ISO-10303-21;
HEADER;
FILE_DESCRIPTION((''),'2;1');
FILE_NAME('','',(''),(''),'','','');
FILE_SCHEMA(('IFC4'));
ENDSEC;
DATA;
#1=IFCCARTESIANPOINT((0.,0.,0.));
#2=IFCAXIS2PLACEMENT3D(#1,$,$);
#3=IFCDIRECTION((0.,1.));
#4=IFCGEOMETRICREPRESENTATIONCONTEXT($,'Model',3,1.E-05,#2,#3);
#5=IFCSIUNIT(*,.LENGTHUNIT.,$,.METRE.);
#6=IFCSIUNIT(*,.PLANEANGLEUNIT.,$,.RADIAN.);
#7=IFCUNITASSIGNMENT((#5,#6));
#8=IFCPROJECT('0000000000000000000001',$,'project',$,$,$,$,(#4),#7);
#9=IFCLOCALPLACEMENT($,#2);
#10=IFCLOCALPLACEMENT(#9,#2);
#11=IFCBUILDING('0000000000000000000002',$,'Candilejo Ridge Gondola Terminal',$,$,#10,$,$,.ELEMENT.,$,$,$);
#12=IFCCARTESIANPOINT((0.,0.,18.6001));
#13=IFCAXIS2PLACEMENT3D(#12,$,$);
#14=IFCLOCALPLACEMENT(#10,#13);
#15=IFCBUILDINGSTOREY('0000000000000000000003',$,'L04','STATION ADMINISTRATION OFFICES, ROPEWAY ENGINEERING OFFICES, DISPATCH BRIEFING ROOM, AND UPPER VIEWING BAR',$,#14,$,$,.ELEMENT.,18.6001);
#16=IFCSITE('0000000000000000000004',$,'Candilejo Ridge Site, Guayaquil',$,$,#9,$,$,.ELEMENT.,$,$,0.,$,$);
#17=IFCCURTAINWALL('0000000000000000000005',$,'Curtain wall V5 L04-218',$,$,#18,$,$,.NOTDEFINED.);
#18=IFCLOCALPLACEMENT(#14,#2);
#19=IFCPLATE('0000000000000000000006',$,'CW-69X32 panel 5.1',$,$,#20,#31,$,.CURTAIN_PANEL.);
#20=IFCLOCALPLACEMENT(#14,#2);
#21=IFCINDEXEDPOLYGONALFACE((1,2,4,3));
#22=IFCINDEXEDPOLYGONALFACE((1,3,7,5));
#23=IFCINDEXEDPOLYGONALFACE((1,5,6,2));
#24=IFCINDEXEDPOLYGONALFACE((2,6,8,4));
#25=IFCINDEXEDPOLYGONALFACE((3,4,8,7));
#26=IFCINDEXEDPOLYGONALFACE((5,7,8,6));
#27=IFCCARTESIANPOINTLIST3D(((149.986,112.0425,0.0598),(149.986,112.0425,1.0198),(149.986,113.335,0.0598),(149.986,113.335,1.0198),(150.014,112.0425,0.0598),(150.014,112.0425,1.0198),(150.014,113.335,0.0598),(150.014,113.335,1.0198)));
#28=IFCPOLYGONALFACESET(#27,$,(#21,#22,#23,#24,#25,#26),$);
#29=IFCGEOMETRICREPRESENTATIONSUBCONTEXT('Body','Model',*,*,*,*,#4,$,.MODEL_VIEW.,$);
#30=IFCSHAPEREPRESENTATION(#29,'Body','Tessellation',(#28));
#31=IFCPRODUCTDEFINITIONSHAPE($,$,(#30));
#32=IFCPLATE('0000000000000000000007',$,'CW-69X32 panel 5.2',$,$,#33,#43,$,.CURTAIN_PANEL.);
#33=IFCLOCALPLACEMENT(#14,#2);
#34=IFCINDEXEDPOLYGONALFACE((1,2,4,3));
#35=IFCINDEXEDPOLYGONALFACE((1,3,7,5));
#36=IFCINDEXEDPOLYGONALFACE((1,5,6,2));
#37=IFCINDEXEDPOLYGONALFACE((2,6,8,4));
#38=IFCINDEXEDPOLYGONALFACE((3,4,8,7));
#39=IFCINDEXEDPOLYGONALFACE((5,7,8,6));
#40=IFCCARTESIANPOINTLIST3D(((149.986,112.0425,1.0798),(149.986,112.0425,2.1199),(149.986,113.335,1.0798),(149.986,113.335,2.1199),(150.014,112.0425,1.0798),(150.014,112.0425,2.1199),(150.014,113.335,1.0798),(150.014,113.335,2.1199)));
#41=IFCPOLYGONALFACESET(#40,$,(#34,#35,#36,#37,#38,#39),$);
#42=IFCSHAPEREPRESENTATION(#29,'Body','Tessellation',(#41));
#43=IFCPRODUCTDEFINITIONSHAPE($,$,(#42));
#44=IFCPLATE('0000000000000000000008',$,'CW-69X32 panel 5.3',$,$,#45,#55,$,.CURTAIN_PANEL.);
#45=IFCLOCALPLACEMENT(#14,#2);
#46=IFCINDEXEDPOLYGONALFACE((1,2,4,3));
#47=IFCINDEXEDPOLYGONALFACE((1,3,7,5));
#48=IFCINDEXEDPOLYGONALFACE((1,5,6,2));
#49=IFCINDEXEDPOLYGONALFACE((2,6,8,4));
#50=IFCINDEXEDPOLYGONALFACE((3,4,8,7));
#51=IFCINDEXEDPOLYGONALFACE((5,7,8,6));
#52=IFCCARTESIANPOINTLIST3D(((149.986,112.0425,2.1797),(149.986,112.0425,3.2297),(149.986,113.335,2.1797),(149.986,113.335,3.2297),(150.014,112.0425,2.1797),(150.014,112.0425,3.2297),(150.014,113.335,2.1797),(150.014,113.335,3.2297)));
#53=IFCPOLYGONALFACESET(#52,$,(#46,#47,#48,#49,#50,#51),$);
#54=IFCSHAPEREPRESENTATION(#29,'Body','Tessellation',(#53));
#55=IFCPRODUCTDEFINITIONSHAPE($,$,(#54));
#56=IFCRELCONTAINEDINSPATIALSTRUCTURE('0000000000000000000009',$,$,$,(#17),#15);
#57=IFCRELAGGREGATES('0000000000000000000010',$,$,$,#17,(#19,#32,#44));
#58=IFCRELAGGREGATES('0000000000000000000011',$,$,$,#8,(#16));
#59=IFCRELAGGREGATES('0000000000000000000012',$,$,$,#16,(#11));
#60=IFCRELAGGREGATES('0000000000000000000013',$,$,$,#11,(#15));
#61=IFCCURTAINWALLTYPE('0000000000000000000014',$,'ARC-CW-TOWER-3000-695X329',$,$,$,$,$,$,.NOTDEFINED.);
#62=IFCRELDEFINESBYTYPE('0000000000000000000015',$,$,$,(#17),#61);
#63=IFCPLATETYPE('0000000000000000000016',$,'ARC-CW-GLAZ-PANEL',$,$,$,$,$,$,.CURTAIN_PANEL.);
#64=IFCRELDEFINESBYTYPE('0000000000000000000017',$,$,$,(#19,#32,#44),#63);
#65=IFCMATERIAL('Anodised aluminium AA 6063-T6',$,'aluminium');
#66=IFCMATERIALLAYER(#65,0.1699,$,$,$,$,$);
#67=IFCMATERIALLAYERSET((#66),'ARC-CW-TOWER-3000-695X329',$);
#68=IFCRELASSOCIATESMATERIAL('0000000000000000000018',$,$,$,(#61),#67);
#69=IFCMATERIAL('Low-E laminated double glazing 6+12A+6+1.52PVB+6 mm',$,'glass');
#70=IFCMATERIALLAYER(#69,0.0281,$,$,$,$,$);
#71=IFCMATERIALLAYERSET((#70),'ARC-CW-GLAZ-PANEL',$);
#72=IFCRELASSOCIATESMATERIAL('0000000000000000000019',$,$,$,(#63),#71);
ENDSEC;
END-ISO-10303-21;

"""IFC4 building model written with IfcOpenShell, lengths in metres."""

from ifc_helpers import new_model, si_unit, direction, frame, origin, origin_2d, place, context, subcontext, project, spatial, rectangle, extrude, material, layer, layer_set, type_object, element, aggregate, save


model = new_model("IFC4")

# Units and contexts
model_context = context("Model", 3, precision=1e-05, world=origin(), true_north=direction((0.0, 1.0)))
body_context = subcontext(model_context, "Body", "Model", "MODEL_VIEW")
ifc_project = project(units=[si_unit("LENGTHUNIT", "METRE"), si_unit("PLANEANGLEUNIT", "RADIAN")], contexts=[model_context])

# Site, building, storey
site_placement = place(None, origin())
site = spatial("IfcSite", under=ifc_project, at=site_placement, Name="Candilejo Ridge Site, Guayaquil", CompositionType="ELEMENT", RefElevation=0.0)
building_placement = place(site_placement, origin())
building = spatial("IfcBuilding", under=site, at=building_placement, Name="Candilejo Ridge Gondola Terminal", CompositionType="ELEMENT")
storey_placement = place(building_placement, frame((0.0, 0.0, 18.6001)))
storey = spatial("IfcBuildingStorey", under=building, at=storey_placement, Name="L04", Description="STATION ADMINISTRATION OFFICES, ROPEWAY ENGINEERING OFFICES, DISPATCH BRIEFING ROOM, AND UPPER VIEWING BAR", CompositionType="ELEMENT", Elevation=18.6001)

# Curtain wall
ifc_material_1 = material(Name="Anodised aluminium AA 6063-T6", Category="aluminium")
ifc_layer_1 = layer(ifc_material_1, 0.1699)
ifc_layer_set_1 = layer_set([ifc_layer_1], Name="ARC-CW-TOWER-3000-695X329")
curtain_wall_type_1 = type_object("IfcCurtainWallType", Name="ARC-CW-TOWER-3000-695X329", PredefinedType="NOTDEFINED", material=ifc_layer_set_1)
curtain_wall_1_placement = place(storey_placement, origin())
curtain_wall_1 = element("IfcCurtainWall", 1, at=curtain_wall_1_placement, inside=storey, type_object=curtain_wall_type_1, Name="Curtain wall V5 L04-218", PredefinedType="NOTDEFINED")

# Plates
ifc_material_2 = material(Name="Low-E laminated double glazing 6+12A+6+1.52PVB+6 mm", Category="glass")
ifc_layer_2 = layer(ifc_material_2, 0.0281)
ifc_layer_set_2 = layer_set([ifc_layer_2], Name="ARC-CW-GLAZ-PANEL")
plate_type = type_object("IfcPlateType", Name="ARC-CW-GLAZ-PANEL", PredefinedType="CURTAIN_PANEL", material=ifc_layer_set_2)
plate_1_placement = place(storey_placement, frame((150.0, 112.6887, 0.0598), z_axis=(0.0, 0.0, 1.0), x_axis=(0.0, 1.0, 0.0)))
plate_1 = element("IfcPlate", 2, at=plate_1_placement, type_object=plate_type, Name="CW-69X32 panel 5.1", PredefinedType="CURTAIN_PANEL", context=body_context, shape_type="SweptSolid", body=[
    extrude(rectangle(XDim=1.2925, YDim=0.0281, at=origin_2d()), origin(), (0.0, 0.0, 1.0), 0.96),
])
plate_2_placement = place(storey_placement, frame((150.0, 112.6887, 1.0798), z_axis=(0.0, 0.0, 1.0), x_axis=(0.0, 1.0, 0.0)))
plate_2 = element("IfcPlate", 3, at=plate_2_placement, type_object=plate_type, Name="CW-69X32 panel 5.2", PredefinedType="CURTAIN_PANEL", context=body_context, shape_type="SweptSolid", body=[
    extrude(rectangle(XDim=1.2925, YDim=0.0281, at=origin_2d()), origin(), (0.0, 0.0, 1.0), 1.04),
])
plate_3_placement = place(storey_placement, frame((150.0, 112.6887, 2.1797), z_axis=(0.0, 0.0, 1.0), x_axis=(0.0, 1.0, 0.0)))
plate_3 = element("IfcPlate", 4, at=plate_3_placement, type_object=plate_type, Name="CW-69X32 panel 5.3", PredefinedType="CURTAIN_PANEL", context=body_context, shape_type="SweptSolid", body=[
    extrude(rectangle(XDim=1.2925, YDim=0.0281, at=origin_2d()), origin(), (0.0, 0.0, 1.0), 1.05),
])
aggregate(curtain_wall_1, [plate_1, plate_2, plate_3])

save(model, "model.ifc")
